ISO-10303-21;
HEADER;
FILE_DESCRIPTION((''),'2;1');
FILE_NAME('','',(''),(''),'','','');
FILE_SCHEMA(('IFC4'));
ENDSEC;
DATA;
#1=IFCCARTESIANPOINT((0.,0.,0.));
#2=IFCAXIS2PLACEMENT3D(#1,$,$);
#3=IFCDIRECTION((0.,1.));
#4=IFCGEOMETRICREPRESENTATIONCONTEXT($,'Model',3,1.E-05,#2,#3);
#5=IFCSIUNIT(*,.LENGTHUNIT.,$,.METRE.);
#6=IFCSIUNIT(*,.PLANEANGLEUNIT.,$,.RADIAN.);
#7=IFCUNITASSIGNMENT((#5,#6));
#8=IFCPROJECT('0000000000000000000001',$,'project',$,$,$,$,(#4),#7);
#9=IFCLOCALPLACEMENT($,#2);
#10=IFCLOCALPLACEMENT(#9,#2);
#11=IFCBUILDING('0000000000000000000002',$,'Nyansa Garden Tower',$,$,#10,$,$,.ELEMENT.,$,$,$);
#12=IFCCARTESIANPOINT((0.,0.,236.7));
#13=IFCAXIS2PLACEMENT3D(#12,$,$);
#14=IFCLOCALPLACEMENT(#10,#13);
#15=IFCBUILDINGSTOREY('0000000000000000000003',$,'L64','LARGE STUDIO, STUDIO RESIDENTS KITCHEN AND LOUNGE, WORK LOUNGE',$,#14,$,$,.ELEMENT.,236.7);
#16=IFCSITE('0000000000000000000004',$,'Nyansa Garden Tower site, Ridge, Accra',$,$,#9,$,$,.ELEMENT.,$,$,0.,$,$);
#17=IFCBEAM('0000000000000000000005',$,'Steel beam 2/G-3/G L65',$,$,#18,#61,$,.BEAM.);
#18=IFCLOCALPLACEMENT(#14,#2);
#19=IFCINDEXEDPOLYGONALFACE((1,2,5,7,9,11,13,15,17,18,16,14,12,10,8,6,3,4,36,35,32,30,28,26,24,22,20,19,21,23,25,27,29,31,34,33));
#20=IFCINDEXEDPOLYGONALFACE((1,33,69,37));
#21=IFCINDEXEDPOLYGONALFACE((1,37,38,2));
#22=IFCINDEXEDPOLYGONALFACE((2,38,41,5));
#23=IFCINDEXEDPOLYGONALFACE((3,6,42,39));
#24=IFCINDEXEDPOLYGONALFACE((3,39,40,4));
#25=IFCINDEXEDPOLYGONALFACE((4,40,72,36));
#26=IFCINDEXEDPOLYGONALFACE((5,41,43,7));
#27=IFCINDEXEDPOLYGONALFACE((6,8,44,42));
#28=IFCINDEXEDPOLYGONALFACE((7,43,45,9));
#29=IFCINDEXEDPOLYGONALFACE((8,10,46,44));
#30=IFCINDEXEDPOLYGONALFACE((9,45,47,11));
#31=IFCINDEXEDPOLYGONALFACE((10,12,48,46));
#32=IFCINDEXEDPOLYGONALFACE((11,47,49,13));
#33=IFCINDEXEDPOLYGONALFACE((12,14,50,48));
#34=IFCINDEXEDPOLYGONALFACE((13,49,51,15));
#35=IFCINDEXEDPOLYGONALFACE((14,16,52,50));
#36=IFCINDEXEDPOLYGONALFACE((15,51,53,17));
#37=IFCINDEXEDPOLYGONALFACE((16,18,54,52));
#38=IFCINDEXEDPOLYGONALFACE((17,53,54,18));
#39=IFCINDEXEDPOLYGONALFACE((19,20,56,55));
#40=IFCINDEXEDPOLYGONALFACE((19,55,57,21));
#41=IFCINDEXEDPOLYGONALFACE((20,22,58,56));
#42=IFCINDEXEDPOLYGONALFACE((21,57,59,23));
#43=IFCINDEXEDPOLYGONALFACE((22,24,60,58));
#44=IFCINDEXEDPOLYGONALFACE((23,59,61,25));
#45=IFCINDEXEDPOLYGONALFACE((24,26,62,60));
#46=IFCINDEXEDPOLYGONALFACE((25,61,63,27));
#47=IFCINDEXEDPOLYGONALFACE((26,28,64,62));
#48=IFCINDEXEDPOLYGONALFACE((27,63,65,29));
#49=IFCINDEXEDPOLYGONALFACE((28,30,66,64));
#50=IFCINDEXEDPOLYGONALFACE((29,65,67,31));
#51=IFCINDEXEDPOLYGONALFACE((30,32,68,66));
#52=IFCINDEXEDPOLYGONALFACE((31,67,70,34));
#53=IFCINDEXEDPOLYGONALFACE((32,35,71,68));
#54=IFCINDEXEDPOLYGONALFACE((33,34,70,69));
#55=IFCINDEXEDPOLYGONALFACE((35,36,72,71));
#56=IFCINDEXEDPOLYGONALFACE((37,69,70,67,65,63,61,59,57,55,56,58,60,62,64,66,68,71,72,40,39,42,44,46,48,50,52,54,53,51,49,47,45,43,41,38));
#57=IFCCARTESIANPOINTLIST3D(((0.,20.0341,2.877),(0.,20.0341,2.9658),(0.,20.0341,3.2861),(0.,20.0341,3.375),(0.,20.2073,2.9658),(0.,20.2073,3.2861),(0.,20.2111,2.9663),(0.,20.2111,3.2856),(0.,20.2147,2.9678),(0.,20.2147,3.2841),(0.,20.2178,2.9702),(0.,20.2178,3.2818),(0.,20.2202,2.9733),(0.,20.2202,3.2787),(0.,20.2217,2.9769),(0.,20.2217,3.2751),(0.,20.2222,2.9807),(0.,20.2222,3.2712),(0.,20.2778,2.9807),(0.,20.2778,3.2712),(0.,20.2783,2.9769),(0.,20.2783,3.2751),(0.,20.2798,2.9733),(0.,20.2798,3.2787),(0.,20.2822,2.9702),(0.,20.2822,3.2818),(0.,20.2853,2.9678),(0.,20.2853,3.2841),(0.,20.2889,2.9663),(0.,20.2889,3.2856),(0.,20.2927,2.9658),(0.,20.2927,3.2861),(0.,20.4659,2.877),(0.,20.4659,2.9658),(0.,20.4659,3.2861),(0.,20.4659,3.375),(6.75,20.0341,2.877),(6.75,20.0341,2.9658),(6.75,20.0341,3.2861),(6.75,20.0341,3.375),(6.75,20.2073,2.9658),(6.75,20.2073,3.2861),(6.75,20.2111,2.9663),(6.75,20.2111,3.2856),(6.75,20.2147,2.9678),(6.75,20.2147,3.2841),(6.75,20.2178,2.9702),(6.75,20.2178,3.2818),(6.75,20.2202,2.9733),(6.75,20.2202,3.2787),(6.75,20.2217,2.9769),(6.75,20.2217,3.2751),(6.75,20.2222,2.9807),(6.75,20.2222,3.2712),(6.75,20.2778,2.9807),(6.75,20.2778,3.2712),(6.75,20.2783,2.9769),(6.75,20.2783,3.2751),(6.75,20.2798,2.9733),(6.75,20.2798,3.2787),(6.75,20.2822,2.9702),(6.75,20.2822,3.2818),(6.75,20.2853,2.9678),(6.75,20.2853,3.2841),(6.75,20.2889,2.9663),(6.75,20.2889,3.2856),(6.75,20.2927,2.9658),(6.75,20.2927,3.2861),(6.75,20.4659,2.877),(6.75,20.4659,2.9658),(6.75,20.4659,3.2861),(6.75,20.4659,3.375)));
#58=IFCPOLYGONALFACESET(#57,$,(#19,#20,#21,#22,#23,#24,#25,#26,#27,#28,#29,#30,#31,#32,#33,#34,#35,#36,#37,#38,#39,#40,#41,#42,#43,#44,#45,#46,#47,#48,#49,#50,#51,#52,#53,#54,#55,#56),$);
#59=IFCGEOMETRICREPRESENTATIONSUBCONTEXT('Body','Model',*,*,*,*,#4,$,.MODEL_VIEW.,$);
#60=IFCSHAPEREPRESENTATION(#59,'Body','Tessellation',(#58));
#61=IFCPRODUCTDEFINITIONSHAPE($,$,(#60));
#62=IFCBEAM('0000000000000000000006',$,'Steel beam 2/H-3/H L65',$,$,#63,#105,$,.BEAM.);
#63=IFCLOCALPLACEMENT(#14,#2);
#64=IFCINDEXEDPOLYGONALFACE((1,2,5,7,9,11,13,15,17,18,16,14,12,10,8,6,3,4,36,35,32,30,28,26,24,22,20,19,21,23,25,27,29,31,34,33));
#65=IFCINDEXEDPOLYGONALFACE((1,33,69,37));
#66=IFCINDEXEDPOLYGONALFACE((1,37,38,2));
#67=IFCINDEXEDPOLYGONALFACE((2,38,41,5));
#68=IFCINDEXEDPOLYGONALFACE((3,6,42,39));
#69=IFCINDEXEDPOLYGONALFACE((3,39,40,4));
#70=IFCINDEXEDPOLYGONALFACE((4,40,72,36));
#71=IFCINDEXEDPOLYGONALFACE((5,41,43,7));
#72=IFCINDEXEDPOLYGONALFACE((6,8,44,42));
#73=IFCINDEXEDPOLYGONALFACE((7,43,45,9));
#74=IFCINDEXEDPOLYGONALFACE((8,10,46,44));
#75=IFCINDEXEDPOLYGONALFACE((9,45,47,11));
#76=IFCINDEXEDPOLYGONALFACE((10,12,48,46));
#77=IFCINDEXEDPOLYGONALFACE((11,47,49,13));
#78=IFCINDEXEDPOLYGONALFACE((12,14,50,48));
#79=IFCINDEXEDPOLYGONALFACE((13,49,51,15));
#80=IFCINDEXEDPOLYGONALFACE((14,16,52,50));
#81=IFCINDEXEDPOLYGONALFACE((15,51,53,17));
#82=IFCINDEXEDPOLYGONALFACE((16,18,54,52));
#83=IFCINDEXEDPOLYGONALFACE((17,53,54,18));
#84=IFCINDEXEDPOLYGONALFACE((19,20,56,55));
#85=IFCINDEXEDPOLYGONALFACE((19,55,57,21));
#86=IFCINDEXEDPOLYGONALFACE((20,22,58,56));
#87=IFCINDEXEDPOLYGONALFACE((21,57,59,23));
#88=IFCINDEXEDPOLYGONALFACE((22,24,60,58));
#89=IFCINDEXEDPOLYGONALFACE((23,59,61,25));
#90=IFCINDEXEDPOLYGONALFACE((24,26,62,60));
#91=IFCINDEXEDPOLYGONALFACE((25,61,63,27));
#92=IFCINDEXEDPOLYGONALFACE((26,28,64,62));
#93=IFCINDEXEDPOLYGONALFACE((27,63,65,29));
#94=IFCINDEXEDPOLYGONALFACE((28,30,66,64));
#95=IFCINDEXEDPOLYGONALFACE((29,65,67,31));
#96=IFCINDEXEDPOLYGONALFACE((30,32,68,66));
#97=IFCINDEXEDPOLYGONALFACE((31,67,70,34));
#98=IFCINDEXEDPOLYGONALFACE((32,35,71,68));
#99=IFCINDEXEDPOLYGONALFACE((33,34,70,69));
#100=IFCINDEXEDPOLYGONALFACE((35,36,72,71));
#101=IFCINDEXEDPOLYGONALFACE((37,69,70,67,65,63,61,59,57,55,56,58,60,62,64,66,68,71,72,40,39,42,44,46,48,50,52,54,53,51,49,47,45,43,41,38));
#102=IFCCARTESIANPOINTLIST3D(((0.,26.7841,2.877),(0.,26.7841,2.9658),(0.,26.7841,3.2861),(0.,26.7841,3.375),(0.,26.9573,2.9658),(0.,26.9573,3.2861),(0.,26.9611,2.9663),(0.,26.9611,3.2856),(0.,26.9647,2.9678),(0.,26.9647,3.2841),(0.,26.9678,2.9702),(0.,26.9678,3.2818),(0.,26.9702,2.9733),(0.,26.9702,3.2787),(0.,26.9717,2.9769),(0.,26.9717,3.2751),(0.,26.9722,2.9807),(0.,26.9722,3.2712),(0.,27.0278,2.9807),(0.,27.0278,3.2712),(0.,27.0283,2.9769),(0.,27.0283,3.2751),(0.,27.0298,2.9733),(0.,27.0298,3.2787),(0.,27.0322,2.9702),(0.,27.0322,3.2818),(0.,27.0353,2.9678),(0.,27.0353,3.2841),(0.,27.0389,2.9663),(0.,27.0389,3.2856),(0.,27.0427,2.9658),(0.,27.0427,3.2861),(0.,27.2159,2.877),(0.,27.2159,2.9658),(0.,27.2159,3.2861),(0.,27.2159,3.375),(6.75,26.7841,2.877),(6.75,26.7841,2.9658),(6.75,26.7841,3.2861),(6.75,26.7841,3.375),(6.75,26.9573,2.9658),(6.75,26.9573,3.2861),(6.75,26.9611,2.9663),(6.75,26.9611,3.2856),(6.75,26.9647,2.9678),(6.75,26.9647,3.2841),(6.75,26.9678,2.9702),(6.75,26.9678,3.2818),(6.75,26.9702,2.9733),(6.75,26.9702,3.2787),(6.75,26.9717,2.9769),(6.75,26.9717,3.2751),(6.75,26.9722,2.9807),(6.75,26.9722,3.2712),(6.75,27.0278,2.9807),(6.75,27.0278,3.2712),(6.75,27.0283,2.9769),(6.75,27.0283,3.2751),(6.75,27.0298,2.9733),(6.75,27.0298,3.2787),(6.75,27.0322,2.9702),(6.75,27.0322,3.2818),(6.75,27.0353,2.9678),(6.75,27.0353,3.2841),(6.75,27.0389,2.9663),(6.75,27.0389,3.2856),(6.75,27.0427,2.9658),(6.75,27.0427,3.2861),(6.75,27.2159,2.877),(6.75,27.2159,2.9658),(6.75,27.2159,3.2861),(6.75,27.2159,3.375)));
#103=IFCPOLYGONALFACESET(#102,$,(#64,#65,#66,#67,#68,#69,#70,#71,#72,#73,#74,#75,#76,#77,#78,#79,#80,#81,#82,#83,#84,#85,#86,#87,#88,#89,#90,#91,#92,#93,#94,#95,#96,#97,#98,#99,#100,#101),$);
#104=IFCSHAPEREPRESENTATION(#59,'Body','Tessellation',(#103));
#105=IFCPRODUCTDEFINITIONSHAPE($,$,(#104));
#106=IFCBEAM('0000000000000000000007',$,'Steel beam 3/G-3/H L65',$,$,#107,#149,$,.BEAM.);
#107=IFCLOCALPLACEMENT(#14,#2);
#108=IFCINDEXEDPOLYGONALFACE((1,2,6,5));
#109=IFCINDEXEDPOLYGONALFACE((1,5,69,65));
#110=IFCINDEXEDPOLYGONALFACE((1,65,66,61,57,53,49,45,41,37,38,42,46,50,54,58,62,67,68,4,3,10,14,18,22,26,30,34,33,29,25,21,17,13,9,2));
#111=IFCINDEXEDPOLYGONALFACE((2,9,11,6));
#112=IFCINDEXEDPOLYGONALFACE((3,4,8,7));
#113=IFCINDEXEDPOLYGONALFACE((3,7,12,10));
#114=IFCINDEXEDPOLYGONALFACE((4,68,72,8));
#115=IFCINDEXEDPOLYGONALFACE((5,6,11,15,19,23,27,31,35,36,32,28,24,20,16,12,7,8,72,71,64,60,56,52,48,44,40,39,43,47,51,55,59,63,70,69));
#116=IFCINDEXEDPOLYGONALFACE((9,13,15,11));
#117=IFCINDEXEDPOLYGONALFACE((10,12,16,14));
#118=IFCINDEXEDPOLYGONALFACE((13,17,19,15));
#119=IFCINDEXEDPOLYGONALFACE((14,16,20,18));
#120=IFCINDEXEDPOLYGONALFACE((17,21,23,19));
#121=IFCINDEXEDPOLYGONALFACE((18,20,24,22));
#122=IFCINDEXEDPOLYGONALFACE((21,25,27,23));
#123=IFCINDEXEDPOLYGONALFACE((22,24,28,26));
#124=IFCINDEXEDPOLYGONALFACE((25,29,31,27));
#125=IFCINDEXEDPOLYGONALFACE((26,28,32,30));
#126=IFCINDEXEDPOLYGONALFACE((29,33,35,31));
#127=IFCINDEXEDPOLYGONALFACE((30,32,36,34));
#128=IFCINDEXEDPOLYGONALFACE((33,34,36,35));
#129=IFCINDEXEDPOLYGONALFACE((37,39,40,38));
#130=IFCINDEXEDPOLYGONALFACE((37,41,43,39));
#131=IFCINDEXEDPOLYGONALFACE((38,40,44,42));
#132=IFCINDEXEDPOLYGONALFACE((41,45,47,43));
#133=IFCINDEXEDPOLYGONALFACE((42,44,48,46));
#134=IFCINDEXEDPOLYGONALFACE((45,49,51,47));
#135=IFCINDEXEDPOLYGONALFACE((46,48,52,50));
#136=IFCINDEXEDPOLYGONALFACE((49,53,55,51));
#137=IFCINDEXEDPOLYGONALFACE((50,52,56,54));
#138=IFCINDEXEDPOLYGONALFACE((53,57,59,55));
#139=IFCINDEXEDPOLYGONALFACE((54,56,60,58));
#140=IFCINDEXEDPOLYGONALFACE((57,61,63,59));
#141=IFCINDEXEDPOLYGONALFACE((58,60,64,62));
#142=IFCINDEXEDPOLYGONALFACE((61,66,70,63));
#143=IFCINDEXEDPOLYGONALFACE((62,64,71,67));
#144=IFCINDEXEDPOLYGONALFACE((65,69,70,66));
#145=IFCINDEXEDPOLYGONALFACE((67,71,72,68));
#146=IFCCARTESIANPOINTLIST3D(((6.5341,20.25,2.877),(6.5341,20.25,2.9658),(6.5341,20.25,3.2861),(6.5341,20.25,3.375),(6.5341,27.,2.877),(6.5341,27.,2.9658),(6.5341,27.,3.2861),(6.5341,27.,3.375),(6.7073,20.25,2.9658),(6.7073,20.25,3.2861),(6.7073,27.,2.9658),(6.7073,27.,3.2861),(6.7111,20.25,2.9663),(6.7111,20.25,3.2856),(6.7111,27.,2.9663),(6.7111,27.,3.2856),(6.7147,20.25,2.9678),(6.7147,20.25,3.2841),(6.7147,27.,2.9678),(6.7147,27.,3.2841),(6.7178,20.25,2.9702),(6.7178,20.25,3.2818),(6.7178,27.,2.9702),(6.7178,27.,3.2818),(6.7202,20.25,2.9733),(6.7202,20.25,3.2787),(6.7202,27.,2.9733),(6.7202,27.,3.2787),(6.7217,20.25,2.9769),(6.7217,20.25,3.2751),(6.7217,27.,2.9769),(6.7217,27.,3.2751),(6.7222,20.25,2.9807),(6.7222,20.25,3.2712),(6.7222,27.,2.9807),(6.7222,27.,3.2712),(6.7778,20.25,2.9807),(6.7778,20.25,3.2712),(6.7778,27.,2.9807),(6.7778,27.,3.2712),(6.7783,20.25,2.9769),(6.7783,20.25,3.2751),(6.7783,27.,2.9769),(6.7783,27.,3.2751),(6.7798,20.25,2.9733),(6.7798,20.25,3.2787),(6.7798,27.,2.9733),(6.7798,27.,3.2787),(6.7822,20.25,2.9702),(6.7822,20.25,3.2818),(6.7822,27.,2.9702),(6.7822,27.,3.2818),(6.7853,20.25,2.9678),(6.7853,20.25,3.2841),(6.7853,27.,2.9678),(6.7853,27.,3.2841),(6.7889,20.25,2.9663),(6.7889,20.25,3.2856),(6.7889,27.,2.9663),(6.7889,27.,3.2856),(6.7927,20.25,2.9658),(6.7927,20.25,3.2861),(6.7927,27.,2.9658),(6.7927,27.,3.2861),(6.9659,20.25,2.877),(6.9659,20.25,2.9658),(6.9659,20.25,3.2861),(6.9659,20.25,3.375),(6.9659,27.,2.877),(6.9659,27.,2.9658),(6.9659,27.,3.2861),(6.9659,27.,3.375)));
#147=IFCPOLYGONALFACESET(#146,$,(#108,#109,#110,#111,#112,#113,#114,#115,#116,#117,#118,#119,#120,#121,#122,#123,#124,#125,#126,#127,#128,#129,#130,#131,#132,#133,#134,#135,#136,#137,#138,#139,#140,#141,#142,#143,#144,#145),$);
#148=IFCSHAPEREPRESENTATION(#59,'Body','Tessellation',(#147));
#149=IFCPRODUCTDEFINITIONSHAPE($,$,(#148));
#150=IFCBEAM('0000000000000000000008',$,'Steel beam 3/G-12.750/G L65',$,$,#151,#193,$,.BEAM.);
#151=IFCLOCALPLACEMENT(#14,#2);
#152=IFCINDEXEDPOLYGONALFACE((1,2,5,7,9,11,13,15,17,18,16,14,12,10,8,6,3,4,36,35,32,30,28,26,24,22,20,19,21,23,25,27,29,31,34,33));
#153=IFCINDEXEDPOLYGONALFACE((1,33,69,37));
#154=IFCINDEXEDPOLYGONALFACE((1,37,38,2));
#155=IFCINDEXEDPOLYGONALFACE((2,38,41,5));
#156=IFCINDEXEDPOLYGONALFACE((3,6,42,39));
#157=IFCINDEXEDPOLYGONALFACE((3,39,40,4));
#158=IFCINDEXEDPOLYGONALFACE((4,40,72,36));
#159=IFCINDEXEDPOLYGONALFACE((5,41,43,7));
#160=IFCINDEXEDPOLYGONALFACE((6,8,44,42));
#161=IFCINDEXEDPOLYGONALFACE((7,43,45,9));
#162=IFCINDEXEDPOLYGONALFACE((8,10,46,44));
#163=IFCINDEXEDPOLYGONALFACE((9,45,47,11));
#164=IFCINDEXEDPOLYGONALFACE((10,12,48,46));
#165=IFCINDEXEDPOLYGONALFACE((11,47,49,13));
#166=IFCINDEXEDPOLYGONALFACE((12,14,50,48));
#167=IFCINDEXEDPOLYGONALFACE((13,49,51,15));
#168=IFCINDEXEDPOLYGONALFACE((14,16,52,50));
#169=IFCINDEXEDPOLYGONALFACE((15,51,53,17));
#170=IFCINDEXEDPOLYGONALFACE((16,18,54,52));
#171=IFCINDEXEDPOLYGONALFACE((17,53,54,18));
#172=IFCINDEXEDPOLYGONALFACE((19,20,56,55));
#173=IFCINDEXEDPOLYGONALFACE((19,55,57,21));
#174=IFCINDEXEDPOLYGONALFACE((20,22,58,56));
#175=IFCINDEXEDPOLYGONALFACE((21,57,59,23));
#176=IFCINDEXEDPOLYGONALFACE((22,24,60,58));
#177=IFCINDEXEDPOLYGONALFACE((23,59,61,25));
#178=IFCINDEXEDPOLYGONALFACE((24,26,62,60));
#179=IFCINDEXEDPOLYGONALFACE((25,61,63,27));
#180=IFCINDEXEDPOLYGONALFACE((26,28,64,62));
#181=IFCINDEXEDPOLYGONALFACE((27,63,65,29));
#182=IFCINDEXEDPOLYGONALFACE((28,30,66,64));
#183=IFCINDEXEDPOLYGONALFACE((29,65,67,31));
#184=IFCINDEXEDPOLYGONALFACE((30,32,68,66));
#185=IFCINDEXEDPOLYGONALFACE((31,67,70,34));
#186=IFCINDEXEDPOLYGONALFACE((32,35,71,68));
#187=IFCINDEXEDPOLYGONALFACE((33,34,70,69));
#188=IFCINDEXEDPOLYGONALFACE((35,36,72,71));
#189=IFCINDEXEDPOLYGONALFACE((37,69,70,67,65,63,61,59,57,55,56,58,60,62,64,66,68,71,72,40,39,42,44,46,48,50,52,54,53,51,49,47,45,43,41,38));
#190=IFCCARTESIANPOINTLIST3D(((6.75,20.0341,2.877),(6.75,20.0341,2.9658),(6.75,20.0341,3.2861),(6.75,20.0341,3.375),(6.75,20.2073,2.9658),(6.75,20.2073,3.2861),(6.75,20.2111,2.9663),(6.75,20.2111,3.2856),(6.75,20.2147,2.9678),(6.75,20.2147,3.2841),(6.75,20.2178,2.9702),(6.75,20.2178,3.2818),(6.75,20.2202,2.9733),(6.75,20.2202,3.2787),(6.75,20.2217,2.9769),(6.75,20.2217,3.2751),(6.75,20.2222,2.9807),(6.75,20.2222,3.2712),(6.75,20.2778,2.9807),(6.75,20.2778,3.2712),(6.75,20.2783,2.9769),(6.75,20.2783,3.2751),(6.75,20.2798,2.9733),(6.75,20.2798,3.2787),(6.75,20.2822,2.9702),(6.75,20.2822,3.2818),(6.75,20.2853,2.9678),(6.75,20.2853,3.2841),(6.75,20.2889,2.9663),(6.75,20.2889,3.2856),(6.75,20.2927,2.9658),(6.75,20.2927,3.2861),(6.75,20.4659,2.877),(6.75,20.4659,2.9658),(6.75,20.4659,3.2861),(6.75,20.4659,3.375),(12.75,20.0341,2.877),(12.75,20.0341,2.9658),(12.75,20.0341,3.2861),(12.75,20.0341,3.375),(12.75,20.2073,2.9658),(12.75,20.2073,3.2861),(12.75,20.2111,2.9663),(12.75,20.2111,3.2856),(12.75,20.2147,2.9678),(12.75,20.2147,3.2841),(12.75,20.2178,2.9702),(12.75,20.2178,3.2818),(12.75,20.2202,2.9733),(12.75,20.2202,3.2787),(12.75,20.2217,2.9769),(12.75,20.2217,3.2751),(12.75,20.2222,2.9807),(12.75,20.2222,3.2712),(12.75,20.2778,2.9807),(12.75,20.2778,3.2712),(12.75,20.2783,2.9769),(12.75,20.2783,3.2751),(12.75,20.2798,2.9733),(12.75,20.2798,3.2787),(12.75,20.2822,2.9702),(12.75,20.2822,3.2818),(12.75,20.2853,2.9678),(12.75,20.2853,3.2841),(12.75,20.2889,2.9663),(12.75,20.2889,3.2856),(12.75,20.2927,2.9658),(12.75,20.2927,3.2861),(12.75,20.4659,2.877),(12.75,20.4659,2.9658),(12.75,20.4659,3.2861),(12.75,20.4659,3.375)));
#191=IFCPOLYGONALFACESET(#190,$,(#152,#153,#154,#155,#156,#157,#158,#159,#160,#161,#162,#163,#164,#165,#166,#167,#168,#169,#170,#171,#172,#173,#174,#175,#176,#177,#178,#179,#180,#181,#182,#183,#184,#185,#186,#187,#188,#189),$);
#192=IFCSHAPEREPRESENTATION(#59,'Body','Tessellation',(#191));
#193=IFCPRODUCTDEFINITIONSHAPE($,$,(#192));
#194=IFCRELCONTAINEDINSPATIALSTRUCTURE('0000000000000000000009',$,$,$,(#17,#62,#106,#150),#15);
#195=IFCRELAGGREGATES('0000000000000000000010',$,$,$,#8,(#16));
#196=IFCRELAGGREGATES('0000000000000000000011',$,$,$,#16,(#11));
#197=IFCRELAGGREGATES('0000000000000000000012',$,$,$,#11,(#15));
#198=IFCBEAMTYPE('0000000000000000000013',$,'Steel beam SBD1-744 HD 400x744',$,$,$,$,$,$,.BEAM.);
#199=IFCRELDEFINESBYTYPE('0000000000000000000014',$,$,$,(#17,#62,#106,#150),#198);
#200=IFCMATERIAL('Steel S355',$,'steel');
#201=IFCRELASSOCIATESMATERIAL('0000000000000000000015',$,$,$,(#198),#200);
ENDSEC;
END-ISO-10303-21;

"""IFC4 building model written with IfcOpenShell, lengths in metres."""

from ifc_helpers import new_model, si_unit, direction, frame, origin, origin_2d, place, context, subcontext, project, spatial, i_section, extrude, material, material_profile, profile_set, type_object, element, save


model = new_model("IFC4")

# Units and contexts
model_context = context("Model", 3, precision=1e-05, world=origin(), true_north=direction((0.0, 1.0)))
body_context = subcontext(model_context, "Body", "Model", "MODEL_VIEW")
ifc_project = project(units=[si_unit("LENGTHUNIT", "METRE"), si_unit("PLANEANGLEUNIT", "RADIAN")], contexts=[model_context])

# Site, building, storey
site_placement = place(None, origin())
site = spatial("IfcSite", under=ifc_project, at=site_placement, Name="Nyansa Garden Tower site, Ridge, Accra", CompositionType="ELEMENT", RefElevation=0.0)
building_placement = place(site_placement, origin())
building = spatial("IfcBuilding", under=site, at=building_placement, Name="Nyansa Garden Tower", CompositionType="ELEMENT")
storey_placement = place(building_placement, frame((0.0, 0.0, 236.7)))
storey = spatial("IfcBuildingStorey", under=building, at=storey_placement, Name="L64", Description="LARGE STUDIO, STUDIO RESIDENTS KITCHEN AND LOUNGE, WORK LOUNGE", CompositionType="ELEMENT", Elevation=236.7)

# Beams
ifc_material_1 = material(Name="Steel S355", Category="steel")
ifc_material_profile_1 = material_profile(ifc_material_1, i_section(OverallWidth=0.4319, OverallDepth=0.498, WebThickness=0.0557, FlangeThickness=0.0889, FilletRadius=0.0149, at=origin_2d()), Name="HD 400x744")
ifc_profile_set_1 = profile_set([ifc_material_profile_1], Name="Steel S355")
beam_type_1 = type_object("IfcBeamType", Name="Steel beam SBD1-744 HD 400x744", PredefinedType="BEAM", material=ifc_profile_set_1)
for number, where, z_axis, x_axis, name in (
    (1, (0.0, 20.25, 3.126), (1.0, 0.0, 0.0), (0.0, 1.0, 0.0), "Steel beam 2/G-3/G L65"),
    (2, (0.0, 27.0, 3.126), (1.0, 0.0, 0.0), (0.0, 1.0, 0.0), "Steel beam 2/H-3/H L65"),
    (3, (6.75, 20.25, 3.126), (0.0, 1.0, 0.0), (-1.0, 0.0, 0.0), "Steel beam 3/G-3/H L65"),
):
    element("IfcBeam", number, at=place(storey_placement, frame(where, z_axis=z_axis, x_axis=x_axis)), inside=storey, type_object=beam_type_1, Name=name, PredefinedType="BEAM", context=body_context, shape_type="SweptSolid", body=[
        extrude(i_section(OverallWidth=0.4319, OverallDepth=0.498, WebThickness=0.0557, FlangeThickness=0.0889, FilletRadius=0.0149, at=origin_2d()), origin(), (0.0, 0.0, 1.0), 6.75),
    ])
beam_1_placement = place(storey_placement, frame((6.75, 20.25, 3.126), z_axis=(1.0, 0.0, 0.0), x_axis=(0.0, 1.0, 0.0)))
element("IfcBeam", 4, at=beam_1_placement, inside=storey, type_object=beam_type_1, Name="Steel beam 3/G-12.750/G L65", PredefinedType="BEAM", context=body_context, shape_type="SweptSolid", body=[
    extrude(i_section(OverallWidth=0.4319, OverallDepth=0.498, WebThickness=0.0557, FlangeThickness=0.0889, FilletRadius=0.0149, at=origin_2d()), origin(), (0.0, 0.0, 1.0), 6.0),
])

save(model, "model.ifc")
